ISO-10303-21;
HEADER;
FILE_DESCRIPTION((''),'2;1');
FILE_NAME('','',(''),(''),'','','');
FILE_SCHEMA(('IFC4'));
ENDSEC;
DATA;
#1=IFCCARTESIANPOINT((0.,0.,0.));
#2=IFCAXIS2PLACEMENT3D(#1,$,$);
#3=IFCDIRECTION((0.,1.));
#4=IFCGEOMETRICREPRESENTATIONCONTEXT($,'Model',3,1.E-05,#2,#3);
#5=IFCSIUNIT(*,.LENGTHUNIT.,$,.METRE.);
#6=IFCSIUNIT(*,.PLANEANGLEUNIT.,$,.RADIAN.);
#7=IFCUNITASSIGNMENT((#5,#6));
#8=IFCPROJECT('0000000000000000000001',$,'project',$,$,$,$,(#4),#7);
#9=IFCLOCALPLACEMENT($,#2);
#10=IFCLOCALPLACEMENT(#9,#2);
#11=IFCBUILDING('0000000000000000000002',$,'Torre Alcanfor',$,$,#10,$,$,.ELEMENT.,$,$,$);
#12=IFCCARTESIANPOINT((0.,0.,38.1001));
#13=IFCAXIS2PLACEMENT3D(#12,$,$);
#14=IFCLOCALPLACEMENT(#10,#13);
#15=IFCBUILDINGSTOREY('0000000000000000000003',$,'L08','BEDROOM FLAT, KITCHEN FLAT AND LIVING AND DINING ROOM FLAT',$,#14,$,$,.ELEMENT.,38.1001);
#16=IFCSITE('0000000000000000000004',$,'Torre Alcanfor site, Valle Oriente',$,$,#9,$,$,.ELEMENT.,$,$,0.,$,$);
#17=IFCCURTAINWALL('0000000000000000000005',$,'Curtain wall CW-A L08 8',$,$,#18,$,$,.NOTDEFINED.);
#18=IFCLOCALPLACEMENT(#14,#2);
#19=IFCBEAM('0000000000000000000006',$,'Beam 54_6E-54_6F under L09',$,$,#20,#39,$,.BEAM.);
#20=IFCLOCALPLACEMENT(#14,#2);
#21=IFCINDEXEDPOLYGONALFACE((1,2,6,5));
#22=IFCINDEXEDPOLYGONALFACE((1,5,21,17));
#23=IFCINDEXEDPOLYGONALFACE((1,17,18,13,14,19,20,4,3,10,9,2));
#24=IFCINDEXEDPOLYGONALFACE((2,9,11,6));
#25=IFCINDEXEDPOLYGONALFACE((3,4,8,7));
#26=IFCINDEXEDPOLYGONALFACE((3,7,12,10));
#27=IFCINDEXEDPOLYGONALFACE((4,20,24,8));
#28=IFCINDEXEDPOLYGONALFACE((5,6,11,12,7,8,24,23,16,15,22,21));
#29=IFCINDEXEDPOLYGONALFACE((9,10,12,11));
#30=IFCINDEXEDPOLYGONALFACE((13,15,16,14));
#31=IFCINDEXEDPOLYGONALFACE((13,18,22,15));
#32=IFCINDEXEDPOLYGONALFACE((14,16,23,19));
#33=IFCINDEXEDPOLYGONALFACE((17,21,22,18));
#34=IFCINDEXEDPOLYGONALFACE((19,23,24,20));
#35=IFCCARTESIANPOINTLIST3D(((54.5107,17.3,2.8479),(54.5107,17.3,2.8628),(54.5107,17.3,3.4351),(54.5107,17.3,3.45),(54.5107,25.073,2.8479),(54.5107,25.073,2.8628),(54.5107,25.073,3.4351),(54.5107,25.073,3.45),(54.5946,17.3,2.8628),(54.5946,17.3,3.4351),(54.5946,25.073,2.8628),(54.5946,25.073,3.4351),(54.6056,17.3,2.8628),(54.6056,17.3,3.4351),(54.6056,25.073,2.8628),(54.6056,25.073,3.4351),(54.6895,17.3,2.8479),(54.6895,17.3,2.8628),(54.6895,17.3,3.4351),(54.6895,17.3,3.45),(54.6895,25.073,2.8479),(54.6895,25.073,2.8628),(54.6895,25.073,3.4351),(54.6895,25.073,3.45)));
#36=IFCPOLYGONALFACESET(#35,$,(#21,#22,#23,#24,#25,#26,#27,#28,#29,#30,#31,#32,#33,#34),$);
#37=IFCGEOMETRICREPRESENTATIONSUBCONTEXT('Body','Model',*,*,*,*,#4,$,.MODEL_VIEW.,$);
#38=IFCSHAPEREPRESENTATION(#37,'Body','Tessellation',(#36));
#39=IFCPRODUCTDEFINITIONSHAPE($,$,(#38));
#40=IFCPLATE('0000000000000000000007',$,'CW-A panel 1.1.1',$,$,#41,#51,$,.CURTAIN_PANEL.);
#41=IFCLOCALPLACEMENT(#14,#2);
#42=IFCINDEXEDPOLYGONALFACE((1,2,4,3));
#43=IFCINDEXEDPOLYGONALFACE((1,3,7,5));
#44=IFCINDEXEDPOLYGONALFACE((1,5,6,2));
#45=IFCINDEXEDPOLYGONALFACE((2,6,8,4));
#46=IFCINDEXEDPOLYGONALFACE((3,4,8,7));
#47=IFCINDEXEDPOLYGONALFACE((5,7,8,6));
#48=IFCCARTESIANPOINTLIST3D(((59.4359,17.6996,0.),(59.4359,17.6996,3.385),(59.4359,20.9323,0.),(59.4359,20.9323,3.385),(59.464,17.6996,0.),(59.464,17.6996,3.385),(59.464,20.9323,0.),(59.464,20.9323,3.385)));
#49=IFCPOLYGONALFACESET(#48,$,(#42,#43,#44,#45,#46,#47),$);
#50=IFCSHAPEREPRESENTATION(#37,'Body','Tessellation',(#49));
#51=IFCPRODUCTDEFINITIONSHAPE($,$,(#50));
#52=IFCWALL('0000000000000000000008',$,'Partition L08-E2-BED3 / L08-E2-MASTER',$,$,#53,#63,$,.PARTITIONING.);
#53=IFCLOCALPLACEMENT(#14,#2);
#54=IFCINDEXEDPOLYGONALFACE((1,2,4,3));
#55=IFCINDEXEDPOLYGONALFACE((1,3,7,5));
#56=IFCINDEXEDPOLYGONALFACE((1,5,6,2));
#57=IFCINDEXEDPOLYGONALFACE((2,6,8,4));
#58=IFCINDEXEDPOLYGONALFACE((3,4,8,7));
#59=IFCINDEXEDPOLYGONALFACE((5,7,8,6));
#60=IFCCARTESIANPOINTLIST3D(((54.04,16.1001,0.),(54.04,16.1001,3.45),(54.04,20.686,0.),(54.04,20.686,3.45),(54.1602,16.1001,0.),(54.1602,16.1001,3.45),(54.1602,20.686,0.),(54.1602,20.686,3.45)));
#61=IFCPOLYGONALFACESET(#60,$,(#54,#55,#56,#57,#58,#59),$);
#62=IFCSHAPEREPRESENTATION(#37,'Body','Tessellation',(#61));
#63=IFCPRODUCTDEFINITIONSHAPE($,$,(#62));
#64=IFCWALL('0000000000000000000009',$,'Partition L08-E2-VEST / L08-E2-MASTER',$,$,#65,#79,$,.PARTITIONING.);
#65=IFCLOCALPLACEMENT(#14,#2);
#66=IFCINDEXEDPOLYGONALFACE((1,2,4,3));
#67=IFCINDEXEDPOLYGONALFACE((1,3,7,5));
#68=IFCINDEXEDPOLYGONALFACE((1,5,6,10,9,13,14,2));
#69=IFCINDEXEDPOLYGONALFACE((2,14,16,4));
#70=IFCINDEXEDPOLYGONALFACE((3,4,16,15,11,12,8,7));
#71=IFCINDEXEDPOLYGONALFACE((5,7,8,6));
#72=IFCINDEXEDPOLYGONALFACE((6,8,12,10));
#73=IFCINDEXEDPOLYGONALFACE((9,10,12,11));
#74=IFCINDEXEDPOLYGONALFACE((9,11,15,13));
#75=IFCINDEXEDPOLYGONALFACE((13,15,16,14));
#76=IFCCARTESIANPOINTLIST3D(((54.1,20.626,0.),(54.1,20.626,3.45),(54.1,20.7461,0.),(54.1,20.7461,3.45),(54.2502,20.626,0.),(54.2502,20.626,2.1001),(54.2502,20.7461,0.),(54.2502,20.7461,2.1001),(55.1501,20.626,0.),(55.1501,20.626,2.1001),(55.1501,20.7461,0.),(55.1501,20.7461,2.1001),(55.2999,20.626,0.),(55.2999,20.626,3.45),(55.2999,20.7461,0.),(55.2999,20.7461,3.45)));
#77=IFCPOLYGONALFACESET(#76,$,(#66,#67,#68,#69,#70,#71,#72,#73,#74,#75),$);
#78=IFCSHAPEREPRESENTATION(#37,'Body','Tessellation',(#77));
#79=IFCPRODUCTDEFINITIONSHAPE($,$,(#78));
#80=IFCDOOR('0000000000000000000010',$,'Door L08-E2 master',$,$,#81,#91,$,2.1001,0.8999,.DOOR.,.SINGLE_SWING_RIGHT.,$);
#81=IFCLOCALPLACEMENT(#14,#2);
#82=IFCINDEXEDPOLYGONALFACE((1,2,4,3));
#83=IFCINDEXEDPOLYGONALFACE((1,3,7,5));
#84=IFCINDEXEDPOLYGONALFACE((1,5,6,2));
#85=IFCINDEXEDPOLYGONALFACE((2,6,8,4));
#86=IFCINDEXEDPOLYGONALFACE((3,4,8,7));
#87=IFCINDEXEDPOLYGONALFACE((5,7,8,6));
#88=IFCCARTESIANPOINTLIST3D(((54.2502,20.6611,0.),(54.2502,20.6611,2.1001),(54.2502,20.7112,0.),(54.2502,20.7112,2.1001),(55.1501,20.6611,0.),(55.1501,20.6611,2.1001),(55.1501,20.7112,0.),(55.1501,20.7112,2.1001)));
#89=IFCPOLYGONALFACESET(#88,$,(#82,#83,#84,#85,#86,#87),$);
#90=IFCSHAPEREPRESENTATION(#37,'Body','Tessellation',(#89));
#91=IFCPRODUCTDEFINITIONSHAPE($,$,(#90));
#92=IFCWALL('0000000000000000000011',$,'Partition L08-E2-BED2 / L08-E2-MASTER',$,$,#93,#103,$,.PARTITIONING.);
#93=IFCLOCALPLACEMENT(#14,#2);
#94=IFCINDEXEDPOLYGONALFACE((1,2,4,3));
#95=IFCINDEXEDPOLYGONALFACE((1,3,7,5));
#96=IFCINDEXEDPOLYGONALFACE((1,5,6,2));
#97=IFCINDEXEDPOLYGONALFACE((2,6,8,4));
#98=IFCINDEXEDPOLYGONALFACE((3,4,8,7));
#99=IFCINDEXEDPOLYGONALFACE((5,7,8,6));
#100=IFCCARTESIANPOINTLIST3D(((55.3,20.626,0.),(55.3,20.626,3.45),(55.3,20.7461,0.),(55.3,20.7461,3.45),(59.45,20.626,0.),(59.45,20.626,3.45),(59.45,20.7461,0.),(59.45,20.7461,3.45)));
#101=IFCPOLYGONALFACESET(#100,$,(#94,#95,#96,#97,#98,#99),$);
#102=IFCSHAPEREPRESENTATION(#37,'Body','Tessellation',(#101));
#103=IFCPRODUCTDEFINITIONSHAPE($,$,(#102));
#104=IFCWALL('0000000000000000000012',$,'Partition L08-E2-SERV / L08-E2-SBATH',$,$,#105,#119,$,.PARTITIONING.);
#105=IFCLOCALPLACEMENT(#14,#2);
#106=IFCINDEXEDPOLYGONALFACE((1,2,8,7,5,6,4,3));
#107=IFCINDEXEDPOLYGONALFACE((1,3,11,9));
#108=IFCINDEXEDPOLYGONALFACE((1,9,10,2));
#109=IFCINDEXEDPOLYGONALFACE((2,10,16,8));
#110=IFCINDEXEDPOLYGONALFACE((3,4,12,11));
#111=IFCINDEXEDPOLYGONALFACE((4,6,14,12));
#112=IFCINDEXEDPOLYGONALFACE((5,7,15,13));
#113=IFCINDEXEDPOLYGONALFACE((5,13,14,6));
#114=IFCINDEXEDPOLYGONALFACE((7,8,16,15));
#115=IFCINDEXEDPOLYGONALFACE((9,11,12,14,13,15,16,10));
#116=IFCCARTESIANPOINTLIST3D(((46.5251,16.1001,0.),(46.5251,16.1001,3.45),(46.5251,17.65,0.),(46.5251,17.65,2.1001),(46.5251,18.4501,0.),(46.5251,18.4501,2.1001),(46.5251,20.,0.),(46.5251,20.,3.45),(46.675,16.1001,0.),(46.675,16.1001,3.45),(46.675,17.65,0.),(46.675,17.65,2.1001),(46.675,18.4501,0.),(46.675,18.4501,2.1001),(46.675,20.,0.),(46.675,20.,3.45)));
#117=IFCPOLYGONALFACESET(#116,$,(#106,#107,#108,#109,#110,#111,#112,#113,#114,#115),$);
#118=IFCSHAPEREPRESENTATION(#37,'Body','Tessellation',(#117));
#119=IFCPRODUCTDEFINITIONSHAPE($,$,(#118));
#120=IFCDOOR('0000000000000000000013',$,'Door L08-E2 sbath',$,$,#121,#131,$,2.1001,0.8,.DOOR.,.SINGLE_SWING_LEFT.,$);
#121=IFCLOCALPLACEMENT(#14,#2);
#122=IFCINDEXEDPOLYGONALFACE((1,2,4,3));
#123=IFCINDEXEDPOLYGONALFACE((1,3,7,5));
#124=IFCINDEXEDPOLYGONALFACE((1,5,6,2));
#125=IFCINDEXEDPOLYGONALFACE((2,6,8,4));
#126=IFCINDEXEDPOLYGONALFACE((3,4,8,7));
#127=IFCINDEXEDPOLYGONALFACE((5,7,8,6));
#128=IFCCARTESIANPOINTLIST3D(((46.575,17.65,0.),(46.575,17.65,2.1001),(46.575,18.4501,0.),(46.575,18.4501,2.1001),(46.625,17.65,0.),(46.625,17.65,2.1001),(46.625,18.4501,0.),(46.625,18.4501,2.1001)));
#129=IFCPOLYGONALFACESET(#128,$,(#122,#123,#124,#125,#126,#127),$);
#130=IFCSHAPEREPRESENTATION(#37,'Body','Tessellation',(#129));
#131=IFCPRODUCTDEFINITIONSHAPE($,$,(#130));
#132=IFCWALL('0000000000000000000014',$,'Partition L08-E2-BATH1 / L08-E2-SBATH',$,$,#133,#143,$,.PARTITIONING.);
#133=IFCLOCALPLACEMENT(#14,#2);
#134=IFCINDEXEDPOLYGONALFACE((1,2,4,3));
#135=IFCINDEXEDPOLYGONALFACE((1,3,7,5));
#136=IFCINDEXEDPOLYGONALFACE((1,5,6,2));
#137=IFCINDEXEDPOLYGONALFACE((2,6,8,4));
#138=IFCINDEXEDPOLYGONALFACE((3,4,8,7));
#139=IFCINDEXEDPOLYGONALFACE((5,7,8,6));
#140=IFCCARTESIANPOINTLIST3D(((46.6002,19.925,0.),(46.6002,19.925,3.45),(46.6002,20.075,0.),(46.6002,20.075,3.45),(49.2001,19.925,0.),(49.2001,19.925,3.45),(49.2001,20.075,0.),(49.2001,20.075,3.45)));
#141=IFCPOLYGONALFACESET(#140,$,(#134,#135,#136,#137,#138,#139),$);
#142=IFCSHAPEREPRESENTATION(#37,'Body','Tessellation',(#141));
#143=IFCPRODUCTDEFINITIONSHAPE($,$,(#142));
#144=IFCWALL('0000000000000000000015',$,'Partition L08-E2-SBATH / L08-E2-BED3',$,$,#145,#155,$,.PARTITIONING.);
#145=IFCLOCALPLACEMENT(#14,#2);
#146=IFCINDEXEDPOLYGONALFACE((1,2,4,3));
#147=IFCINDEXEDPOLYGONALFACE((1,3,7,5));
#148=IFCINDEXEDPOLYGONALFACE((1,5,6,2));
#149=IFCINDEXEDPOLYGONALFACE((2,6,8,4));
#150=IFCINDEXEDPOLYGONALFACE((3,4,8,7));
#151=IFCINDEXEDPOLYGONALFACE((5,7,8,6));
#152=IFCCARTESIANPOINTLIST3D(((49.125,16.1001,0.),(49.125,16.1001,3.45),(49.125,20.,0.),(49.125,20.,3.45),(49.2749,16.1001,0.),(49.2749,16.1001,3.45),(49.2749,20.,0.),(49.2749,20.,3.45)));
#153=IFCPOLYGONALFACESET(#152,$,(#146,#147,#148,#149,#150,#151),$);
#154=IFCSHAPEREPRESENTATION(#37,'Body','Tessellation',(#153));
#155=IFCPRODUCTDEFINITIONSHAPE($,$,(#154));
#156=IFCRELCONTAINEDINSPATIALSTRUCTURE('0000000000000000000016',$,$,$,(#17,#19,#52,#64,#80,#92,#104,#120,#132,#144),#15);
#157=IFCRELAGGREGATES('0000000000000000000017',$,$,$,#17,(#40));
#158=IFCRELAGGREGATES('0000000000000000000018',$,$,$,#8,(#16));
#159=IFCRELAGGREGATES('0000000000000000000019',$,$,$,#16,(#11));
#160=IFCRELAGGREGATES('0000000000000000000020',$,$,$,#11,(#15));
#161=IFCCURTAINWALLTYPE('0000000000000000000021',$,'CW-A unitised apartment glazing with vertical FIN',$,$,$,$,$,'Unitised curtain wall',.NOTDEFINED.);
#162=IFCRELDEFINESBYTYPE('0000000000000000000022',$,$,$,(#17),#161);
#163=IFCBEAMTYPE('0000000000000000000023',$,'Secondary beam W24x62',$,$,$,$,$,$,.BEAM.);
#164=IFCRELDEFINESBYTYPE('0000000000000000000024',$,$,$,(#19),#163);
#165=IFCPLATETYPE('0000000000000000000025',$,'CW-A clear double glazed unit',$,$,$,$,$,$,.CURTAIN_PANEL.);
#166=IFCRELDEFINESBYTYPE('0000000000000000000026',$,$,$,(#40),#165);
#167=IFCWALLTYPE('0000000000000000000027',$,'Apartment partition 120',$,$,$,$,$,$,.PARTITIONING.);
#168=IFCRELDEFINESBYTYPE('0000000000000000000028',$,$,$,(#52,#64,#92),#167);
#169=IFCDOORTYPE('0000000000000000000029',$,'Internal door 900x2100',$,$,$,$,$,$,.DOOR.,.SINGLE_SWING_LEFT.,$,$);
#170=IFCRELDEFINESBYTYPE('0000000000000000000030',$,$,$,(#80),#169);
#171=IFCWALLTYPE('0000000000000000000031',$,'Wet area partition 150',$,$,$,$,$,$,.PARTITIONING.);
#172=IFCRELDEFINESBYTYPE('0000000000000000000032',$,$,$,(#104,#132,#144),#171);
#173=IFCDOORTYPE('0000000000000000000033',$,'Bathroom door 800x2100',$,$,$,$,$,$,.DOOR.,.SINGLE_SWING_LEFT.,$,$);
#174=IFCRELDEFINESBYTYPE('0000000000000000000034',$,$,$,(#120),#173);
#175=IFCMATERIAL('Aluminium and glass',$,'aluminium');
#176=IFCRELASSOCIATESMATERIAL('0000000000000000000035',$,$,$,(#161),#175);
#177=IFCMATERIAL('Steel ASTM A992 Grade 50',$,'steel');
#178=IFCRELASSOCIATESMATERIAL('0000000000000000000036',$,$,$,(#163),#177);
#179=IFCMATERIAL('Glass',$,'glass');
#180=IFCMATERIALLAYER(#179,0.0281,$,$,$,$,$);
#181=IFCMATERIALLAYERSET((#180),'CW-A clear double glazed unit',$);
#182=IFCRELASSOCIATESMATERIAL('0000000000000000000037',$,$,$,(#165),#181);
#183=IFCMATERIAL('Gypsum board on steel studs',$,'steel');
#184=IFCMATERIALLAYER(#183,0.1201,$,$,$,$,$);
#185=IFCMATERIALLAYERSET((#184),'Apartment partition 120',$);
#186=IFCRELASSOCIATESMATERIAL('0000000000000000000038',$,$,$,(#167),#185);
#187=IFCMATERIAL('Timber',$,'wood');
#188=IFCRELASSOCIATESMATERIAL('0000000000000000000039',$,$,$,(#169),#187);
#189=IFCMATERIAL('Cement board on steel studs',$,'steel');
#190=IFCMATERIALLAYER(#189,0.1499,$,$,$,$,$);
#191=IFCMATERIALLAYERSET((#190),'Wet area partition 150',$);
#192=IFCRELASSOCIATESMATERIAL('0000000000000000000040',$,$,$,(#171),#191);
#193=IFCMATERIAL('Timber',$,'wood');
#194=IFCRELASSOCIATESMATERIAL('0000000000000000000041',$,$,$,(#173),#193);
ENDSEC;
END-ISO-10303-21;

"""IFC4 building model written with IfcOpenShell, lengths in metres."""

from ifc_helpers import new_model, si_unit, direction, frame, frame_2d, origin, origin_2d, place, context, subcontext, project, spatial, rectangle, i_section, extrude, material, layer, layer_set, material_profile, profile_set, type_object, element, fill, aggregate, save


model = new_model("IFC4")

# Units and contexts
model_context = context("Model", 3, precision=1e-05, world=origin(), true_north=direction((0.0, 1.0)))
body_context = subcontext(model_context, "Body", "Model", "MODEL_VIEW")
ifc_project = project(units=[si_unit("LENGTHUNIT", "METRE"), si_unit("PLANEANGLEUNIT", "RADIAN")], contexts=[model_context])

# Site, building, storey
site_placement = place(None, origin())
site = spatial("IfcSite", under=ifc_project, at=site_placement, Name="Torre Alcanfor site, Valle Oriente", CompositionType="ELEMENT", RefElevation=0.0)
building_placement = place(site_placement, origin())
building = spatial("IfcBuilding", under=site, at=building_placement, Name="Torre Alcanfor", CompositionType="ELEMENT")
storey_placement = place(building_placement, frame((0.0, 0.0, 38.1001)))
storey = spatial("IfcBuildingStorey", under=building, at=storey_placement, Name="L08", Description="BEDROOM FLAT, KITCHEN FLAT AND LIVING AND DINING ROOM FLAT", CompositionType="ELEMENT", Elevation=38.1001)

# Curtain wall
ifc_material_1 = material(Name="Aluminium and glass", Category="aluminium")
curtain_wall_type = type_object("IfcCurtainWallType", Name="CW-A unitised apartment glazing with vertical FIN", ElementType="Unitised curtain wall", PredefinedType="NOTDEFINED", material=ifc_material_1)
curtain_wall_placement = place(storey_placement, origin())
curtain_wall = element("IfcCurtainWall", 1, at=curtain_wall_placement, inside=storey, type_object=curtain_wall_type, Name="Curtain wall CW-A L08 8", PredefinedType="NOTDEFINED")

# Beam
ifc_material_2 = material(Name="Steel ASTM A992 Grade 50", Category="steel")
ifc_material_profile_1 = material_profile(ifc_material_2, i_section(OverallWidth=0.1787, OverallDepth=0.6021, WebThickness=0.011, FlangeThickness=0.0149, at=origin_2d()), Name="W24x62")
ifc_profile_set_1 = profile_set([ifc_material_profile_1], Name="Steel ASTM A992 Grade 50")
beam_type_1 = type_object("IfcBeamType", Name="Secondary beam W24x62", PredefinedType="BEAM", material=ifc_profile_set_1)
for number, where, z_axis, x_axis, name in (
    (2, (54.6001, 17.3, 3.1489), (0.0, 1.0, 0.0), (-1.0, 0.0, 0.0), "Beam 54_6E-54_6F under L09"),
):
    element("IfcBeam", number, at=place(storey_placement, frame(where, z_axis=z_axis, x_axis=x_axis)), inside=storey, type_object=beam_type_1, Name=name, PredefinedType="BEAM", context=body_context, shape_type="SweptSolid", body=[
        extrude(i_section(OverallWidth=0.1787, OverallDepth=0.6021, WebThickness=0.011, FlangeThickness=0.0149, at=origin_2d()), origin(), (0.0, 0.0, 1.0), 7.7729),
    ])

# Plate
ifc_material_3 = material(Name="Glass", Category="glass")
ifc_layer_1 = layer(ifc_material_3, 0.0281)
ifc_layer_set_1 = layer_set([ifc_layer_1], Name="CW-A clear double glazed unit")
plate_type = type_object("IfcPlateType", Name="CW-A clear double glazed unit", PredefinedType="CURTAIN_PANEL", material=ifc_layer_set_1)
plate_placement = place(storey_placement, frame((59.45, 19.3159, 0.0), z_axis=(0.0, 0.0, 1.0), x_axis=(0.0, 1.0, 0.0)))
plate = element("IfcPlate", 3, at=plate_placement, type_object=plate_type, Name="CW-A panel 1.1.1", PredefinedType="CURTAIN_PANEL", context=body_context, shape_type="SweptSolid", body=[
    extrude(rectangle(XDim=3.2327, YDim=0.0281, at=origin_2d()), origin(), (0.0, 0.0, 1.0), 3.385),
])
aggregate(curtain_wall, [plate])

# Wall
ifc_material_4 = material(Name="Gypsum board on steel studs", Category="steel")
ifc_layer_2 = layer(ifc_material_4, 0.1201)
ifc_layer_set_2 = layer_set([ifc_layer_2], Name="Apartment partition 120")
wall_type_1 = type_object("IfcWallType", Name="Apartment partition 120", PredefinedType="PARTITIONING", material=ifc_layer_set_2)
wall_1_placement = place(storey_placement, frame((54.1001, 20.686, 0.0), z_axis=(0.0, 0.0, 1.0), x_axis=(0.0, -1.0, 0.0)))
element("IfcWall", 4, at=wall_1_placement, inside=storey, type_object=wall_type_1, Name="Partition L08-E2-BED3 / L08-E2-MASTER", PredefinedType="PARTITIONING", context=body_context, shape_type="SweptSolid", body=[
    extrude(rectangle(XDim=4.5859, YDim=0.1201, at=frame_2d((2.293, 0.0))), origin(), (0.0, 0.0, 1.0), 3.45),
])

# Wall, opening, door
wall_2_placement = place(storey_placement, frame((55.3, 20.686, 0.0), z_axis=(0.0, 0.0, 1.0), x_axis=(-1.0, 0.0, 0.0)))
wall_2 = element("IfcWall", 5, at=wall_2_placement, inside=storey, type_object=wall_type_1, Name="Partition L08-E2-VEST / L08-E2-MASTER", PredefinedType="PARTITIONING", context=body_context, shape_type="SweptSolid", body=[
    extrude(rectangle(XDim=1.2, YDim=0.1201, at=frame_2d((0.6001, 0.0))), origin(), (0.0, 0.0, 1.0), 3.45),
])
opening_1_placement = place(wall_2_placement, frame((0.1499, 0.0, 0.0)))
opening_1 = element("IfcOpeningElement", 6, at=opening_1_placement, cuts=wall_2, PredefinedType="OPENING", context=body_context, shape_type="SweptSolid", body=[
    extrude(rectangle(XDim=0.8999, YDim=2.1001, at=frame_2d((0.45, 1.05))), frame((0.0, 0.0701, 0.0), z_axis=(0.0, -1.0, 0.0), x_axis=(1.0, 0.0, 0.0)), (0.0, 0.0, 1.0), 0.1401),
])
ifc_material_5 = material(Name="Timber", Category="wood")
door_type_1 = type_object("IfcDoorType", Name="Internal door 900x2100", OperationType="SINGLE_SWING_LEFT", PredefinedType="DOOR", material=ifc_material_5)
door_1_placement = place(opening_1_placement, frame((0.8999, 0.0, 0.0), z_axis=(0.0, 0.0, 1.0), x_axis=(-1.0, 0.0, 0.0)))
door_1 = element("IfcDoor", 7, at=door_1_placement, inside=storey, type_object=door_type_1, Name="Door L08-E2 master", OperationType="SINGLE_SWING_RIGHT", OverallHeight=2.1001, OverallWidth=0.8999, PredefinedType="DOOR", context=body_context, shape_type="SweptSolid", body=[
    extrude(rectangle(XDim=0.8999, YDim=2.1001, at=frame_2d((0.45, 1.05))), frame((0.0, 0.0251, 0.0), z_axis=(0.0, -1.0, 0.0), x_axis=(1.0, 0.0, 0.0)), (0.0, 0.0, 1.0), 0.05),
])
fill(opening_1, door_1)

# Wall
wall_3_placement = place(storey_placement, frame((59.45, 20.686, 0.0), z_axis=(0.0, 0.0, 1.0), x_axis=(-1.0, 0.0, 0.0)))
element("IfcWall", 8, at=wall_3_placement, inside=storey, type_object=wall_type_1, Name="Partition L08-E2-BED2 / L08-E2-MASTER", PredefinedType="PARTITIONING", context=body_context, shape_type="SweptSolid", body=[
    extrude(rectangle(XDim=4.1499, YDim=0.1201, at=frame_2d((2.075, 0.0))), origin(), (0.0, 0.0, 1.0), 3.45),
])

# Wall, opening, door
ifc_material_6 = material(Name="Cement board on steel studs", Category="steel")
ifc_layer_3 = layer(ifc_material_6, 0.1499)
ifc_layer_set_3 = layer_set([ifc_layer_3], Name="Wet area partition 150")
wall_type_2 = type_object("IfcWallType", Name="Wet area partition 150", PredefinedType="PARTITIONING", material=ifc_layer_set_3)
wall_4_placement = place(storey_placement, frame((46.6001, 20.0, 0.0), z_axis=(0.0, 0.0, 1.0), x_axis=(0.0, -1.0, 0.0)))
wall_4 = element("IfcWall", 9, at=wall_4_placement, inside=storey, type_object=wall_type_2, Name="Partition L08-E2-SERV / L08-E2-SBATH", PredefinedType="PARTITIONING", context=body_context, shape_type="SweptSolid", body=[
    extrude(rectangle(XDim=3.8999, YDim=0.1499, at=frame_2d((1.95, 0.0))), origin(), (0.0, 0.0, 1.0), 3.45),
])
opening_2_placement = place(wall_4_placement, frame((1.55, 0.0, 0.0)))
opening_2 = element("IfcOpeningElement", 10, at=opening_2_placement, cuts=wall_4, PredefinedType="OPENING", context=body_context, shape_type="SweptSolid", body=[
    extrude(rectangle(XDim=0.8, YDim=2.1001, at=frame_2d((0.3999, 1.05))), frame((0.0, 0.085, 0.0), z_axis=(0.0, -1.0, 0.0), x_axis=(1.0, 0.0, 0.0)), (0.0, 0.0, 1.0), 0.1699),
])
ifc_material_7 = material(Name="Timber", Category="wood")
door_type_2 = type_object("IfcDoorType", Name="Bathroom door 800x2100", OperationType="SINGLE_SWING_LEFT", PredefinedType="DOOR", material=ifc_material_7)
door_2_placement = place(opening_2_placement, origin())
door_2 = element("IfcDoor", 11, at=door_2_placement, inside=storey, type_object=door_type_2, Name="Door L08-E2 sbath", OperationType="SINGLE_SWING_LEFT", OverallHeight=2.1001, OverallWidth=0.8, PredefinedType="DOOR", context=body_context, shape_type="SweptSolid", body=[
    extrude(rectangle(XDim=0.8, YDim=2.1001, at=frame_2d((0.3999, 1.05))), frame((0.0, 0.0249, 0.0), z_axis=(0.0, -1.0, 0.0), x_axis=(1.0, 0.0, 0.0)), (0.0, 0.0, 1.0), 0.05),
])
fill(opening_2, door_2)

# Walls
wall_5_placement = place(storey_placement, frame((49.2, 20.0, 0.0), z_axis=(0.0, 0.0, 1.0), x_axis=(-1.0, 0.0, 0.0)))
element("IfcWall", 12, at=wall_5_placement, inside=storey, type_object=wall_type_2, Name="Partition L08-E2-BATH1 / L08-E2-SBATH", PredefinedType="PARTITIONING", context=body_context, shape_type="SweptSolid", body=[
    extrude(rectangle(XDim=2.5999, YDim=0.1499, at=frame_2d((1.2998, 0.0))), origin(), (0.0, 0.0, 1.0), 3.45),
])
wall_6_placement = place(storey_placement, frame((49.2, 20.0, 0.0), z_axis=(0.0, 0.0, 1.0), x_axis=(0.0, -1.0, 0.0)))
element("IfcWall", 13, at=wall_6_placement, inside=storey, type_object=wall_type_2, Name="Partition L08-E2-SBATH / L08-E2-BED3", PredefinedType="PARTITIONING", context=body_context, shape_type="SweptSolid", body=[
    extrude(rectangle(XDim=3.8999, YDim=0.1499, at=frame_2d((1.95, 0.0))), origin(), (0.0, 0.0, 1.0), 3.45),
])

save(model, "model.ifc")
